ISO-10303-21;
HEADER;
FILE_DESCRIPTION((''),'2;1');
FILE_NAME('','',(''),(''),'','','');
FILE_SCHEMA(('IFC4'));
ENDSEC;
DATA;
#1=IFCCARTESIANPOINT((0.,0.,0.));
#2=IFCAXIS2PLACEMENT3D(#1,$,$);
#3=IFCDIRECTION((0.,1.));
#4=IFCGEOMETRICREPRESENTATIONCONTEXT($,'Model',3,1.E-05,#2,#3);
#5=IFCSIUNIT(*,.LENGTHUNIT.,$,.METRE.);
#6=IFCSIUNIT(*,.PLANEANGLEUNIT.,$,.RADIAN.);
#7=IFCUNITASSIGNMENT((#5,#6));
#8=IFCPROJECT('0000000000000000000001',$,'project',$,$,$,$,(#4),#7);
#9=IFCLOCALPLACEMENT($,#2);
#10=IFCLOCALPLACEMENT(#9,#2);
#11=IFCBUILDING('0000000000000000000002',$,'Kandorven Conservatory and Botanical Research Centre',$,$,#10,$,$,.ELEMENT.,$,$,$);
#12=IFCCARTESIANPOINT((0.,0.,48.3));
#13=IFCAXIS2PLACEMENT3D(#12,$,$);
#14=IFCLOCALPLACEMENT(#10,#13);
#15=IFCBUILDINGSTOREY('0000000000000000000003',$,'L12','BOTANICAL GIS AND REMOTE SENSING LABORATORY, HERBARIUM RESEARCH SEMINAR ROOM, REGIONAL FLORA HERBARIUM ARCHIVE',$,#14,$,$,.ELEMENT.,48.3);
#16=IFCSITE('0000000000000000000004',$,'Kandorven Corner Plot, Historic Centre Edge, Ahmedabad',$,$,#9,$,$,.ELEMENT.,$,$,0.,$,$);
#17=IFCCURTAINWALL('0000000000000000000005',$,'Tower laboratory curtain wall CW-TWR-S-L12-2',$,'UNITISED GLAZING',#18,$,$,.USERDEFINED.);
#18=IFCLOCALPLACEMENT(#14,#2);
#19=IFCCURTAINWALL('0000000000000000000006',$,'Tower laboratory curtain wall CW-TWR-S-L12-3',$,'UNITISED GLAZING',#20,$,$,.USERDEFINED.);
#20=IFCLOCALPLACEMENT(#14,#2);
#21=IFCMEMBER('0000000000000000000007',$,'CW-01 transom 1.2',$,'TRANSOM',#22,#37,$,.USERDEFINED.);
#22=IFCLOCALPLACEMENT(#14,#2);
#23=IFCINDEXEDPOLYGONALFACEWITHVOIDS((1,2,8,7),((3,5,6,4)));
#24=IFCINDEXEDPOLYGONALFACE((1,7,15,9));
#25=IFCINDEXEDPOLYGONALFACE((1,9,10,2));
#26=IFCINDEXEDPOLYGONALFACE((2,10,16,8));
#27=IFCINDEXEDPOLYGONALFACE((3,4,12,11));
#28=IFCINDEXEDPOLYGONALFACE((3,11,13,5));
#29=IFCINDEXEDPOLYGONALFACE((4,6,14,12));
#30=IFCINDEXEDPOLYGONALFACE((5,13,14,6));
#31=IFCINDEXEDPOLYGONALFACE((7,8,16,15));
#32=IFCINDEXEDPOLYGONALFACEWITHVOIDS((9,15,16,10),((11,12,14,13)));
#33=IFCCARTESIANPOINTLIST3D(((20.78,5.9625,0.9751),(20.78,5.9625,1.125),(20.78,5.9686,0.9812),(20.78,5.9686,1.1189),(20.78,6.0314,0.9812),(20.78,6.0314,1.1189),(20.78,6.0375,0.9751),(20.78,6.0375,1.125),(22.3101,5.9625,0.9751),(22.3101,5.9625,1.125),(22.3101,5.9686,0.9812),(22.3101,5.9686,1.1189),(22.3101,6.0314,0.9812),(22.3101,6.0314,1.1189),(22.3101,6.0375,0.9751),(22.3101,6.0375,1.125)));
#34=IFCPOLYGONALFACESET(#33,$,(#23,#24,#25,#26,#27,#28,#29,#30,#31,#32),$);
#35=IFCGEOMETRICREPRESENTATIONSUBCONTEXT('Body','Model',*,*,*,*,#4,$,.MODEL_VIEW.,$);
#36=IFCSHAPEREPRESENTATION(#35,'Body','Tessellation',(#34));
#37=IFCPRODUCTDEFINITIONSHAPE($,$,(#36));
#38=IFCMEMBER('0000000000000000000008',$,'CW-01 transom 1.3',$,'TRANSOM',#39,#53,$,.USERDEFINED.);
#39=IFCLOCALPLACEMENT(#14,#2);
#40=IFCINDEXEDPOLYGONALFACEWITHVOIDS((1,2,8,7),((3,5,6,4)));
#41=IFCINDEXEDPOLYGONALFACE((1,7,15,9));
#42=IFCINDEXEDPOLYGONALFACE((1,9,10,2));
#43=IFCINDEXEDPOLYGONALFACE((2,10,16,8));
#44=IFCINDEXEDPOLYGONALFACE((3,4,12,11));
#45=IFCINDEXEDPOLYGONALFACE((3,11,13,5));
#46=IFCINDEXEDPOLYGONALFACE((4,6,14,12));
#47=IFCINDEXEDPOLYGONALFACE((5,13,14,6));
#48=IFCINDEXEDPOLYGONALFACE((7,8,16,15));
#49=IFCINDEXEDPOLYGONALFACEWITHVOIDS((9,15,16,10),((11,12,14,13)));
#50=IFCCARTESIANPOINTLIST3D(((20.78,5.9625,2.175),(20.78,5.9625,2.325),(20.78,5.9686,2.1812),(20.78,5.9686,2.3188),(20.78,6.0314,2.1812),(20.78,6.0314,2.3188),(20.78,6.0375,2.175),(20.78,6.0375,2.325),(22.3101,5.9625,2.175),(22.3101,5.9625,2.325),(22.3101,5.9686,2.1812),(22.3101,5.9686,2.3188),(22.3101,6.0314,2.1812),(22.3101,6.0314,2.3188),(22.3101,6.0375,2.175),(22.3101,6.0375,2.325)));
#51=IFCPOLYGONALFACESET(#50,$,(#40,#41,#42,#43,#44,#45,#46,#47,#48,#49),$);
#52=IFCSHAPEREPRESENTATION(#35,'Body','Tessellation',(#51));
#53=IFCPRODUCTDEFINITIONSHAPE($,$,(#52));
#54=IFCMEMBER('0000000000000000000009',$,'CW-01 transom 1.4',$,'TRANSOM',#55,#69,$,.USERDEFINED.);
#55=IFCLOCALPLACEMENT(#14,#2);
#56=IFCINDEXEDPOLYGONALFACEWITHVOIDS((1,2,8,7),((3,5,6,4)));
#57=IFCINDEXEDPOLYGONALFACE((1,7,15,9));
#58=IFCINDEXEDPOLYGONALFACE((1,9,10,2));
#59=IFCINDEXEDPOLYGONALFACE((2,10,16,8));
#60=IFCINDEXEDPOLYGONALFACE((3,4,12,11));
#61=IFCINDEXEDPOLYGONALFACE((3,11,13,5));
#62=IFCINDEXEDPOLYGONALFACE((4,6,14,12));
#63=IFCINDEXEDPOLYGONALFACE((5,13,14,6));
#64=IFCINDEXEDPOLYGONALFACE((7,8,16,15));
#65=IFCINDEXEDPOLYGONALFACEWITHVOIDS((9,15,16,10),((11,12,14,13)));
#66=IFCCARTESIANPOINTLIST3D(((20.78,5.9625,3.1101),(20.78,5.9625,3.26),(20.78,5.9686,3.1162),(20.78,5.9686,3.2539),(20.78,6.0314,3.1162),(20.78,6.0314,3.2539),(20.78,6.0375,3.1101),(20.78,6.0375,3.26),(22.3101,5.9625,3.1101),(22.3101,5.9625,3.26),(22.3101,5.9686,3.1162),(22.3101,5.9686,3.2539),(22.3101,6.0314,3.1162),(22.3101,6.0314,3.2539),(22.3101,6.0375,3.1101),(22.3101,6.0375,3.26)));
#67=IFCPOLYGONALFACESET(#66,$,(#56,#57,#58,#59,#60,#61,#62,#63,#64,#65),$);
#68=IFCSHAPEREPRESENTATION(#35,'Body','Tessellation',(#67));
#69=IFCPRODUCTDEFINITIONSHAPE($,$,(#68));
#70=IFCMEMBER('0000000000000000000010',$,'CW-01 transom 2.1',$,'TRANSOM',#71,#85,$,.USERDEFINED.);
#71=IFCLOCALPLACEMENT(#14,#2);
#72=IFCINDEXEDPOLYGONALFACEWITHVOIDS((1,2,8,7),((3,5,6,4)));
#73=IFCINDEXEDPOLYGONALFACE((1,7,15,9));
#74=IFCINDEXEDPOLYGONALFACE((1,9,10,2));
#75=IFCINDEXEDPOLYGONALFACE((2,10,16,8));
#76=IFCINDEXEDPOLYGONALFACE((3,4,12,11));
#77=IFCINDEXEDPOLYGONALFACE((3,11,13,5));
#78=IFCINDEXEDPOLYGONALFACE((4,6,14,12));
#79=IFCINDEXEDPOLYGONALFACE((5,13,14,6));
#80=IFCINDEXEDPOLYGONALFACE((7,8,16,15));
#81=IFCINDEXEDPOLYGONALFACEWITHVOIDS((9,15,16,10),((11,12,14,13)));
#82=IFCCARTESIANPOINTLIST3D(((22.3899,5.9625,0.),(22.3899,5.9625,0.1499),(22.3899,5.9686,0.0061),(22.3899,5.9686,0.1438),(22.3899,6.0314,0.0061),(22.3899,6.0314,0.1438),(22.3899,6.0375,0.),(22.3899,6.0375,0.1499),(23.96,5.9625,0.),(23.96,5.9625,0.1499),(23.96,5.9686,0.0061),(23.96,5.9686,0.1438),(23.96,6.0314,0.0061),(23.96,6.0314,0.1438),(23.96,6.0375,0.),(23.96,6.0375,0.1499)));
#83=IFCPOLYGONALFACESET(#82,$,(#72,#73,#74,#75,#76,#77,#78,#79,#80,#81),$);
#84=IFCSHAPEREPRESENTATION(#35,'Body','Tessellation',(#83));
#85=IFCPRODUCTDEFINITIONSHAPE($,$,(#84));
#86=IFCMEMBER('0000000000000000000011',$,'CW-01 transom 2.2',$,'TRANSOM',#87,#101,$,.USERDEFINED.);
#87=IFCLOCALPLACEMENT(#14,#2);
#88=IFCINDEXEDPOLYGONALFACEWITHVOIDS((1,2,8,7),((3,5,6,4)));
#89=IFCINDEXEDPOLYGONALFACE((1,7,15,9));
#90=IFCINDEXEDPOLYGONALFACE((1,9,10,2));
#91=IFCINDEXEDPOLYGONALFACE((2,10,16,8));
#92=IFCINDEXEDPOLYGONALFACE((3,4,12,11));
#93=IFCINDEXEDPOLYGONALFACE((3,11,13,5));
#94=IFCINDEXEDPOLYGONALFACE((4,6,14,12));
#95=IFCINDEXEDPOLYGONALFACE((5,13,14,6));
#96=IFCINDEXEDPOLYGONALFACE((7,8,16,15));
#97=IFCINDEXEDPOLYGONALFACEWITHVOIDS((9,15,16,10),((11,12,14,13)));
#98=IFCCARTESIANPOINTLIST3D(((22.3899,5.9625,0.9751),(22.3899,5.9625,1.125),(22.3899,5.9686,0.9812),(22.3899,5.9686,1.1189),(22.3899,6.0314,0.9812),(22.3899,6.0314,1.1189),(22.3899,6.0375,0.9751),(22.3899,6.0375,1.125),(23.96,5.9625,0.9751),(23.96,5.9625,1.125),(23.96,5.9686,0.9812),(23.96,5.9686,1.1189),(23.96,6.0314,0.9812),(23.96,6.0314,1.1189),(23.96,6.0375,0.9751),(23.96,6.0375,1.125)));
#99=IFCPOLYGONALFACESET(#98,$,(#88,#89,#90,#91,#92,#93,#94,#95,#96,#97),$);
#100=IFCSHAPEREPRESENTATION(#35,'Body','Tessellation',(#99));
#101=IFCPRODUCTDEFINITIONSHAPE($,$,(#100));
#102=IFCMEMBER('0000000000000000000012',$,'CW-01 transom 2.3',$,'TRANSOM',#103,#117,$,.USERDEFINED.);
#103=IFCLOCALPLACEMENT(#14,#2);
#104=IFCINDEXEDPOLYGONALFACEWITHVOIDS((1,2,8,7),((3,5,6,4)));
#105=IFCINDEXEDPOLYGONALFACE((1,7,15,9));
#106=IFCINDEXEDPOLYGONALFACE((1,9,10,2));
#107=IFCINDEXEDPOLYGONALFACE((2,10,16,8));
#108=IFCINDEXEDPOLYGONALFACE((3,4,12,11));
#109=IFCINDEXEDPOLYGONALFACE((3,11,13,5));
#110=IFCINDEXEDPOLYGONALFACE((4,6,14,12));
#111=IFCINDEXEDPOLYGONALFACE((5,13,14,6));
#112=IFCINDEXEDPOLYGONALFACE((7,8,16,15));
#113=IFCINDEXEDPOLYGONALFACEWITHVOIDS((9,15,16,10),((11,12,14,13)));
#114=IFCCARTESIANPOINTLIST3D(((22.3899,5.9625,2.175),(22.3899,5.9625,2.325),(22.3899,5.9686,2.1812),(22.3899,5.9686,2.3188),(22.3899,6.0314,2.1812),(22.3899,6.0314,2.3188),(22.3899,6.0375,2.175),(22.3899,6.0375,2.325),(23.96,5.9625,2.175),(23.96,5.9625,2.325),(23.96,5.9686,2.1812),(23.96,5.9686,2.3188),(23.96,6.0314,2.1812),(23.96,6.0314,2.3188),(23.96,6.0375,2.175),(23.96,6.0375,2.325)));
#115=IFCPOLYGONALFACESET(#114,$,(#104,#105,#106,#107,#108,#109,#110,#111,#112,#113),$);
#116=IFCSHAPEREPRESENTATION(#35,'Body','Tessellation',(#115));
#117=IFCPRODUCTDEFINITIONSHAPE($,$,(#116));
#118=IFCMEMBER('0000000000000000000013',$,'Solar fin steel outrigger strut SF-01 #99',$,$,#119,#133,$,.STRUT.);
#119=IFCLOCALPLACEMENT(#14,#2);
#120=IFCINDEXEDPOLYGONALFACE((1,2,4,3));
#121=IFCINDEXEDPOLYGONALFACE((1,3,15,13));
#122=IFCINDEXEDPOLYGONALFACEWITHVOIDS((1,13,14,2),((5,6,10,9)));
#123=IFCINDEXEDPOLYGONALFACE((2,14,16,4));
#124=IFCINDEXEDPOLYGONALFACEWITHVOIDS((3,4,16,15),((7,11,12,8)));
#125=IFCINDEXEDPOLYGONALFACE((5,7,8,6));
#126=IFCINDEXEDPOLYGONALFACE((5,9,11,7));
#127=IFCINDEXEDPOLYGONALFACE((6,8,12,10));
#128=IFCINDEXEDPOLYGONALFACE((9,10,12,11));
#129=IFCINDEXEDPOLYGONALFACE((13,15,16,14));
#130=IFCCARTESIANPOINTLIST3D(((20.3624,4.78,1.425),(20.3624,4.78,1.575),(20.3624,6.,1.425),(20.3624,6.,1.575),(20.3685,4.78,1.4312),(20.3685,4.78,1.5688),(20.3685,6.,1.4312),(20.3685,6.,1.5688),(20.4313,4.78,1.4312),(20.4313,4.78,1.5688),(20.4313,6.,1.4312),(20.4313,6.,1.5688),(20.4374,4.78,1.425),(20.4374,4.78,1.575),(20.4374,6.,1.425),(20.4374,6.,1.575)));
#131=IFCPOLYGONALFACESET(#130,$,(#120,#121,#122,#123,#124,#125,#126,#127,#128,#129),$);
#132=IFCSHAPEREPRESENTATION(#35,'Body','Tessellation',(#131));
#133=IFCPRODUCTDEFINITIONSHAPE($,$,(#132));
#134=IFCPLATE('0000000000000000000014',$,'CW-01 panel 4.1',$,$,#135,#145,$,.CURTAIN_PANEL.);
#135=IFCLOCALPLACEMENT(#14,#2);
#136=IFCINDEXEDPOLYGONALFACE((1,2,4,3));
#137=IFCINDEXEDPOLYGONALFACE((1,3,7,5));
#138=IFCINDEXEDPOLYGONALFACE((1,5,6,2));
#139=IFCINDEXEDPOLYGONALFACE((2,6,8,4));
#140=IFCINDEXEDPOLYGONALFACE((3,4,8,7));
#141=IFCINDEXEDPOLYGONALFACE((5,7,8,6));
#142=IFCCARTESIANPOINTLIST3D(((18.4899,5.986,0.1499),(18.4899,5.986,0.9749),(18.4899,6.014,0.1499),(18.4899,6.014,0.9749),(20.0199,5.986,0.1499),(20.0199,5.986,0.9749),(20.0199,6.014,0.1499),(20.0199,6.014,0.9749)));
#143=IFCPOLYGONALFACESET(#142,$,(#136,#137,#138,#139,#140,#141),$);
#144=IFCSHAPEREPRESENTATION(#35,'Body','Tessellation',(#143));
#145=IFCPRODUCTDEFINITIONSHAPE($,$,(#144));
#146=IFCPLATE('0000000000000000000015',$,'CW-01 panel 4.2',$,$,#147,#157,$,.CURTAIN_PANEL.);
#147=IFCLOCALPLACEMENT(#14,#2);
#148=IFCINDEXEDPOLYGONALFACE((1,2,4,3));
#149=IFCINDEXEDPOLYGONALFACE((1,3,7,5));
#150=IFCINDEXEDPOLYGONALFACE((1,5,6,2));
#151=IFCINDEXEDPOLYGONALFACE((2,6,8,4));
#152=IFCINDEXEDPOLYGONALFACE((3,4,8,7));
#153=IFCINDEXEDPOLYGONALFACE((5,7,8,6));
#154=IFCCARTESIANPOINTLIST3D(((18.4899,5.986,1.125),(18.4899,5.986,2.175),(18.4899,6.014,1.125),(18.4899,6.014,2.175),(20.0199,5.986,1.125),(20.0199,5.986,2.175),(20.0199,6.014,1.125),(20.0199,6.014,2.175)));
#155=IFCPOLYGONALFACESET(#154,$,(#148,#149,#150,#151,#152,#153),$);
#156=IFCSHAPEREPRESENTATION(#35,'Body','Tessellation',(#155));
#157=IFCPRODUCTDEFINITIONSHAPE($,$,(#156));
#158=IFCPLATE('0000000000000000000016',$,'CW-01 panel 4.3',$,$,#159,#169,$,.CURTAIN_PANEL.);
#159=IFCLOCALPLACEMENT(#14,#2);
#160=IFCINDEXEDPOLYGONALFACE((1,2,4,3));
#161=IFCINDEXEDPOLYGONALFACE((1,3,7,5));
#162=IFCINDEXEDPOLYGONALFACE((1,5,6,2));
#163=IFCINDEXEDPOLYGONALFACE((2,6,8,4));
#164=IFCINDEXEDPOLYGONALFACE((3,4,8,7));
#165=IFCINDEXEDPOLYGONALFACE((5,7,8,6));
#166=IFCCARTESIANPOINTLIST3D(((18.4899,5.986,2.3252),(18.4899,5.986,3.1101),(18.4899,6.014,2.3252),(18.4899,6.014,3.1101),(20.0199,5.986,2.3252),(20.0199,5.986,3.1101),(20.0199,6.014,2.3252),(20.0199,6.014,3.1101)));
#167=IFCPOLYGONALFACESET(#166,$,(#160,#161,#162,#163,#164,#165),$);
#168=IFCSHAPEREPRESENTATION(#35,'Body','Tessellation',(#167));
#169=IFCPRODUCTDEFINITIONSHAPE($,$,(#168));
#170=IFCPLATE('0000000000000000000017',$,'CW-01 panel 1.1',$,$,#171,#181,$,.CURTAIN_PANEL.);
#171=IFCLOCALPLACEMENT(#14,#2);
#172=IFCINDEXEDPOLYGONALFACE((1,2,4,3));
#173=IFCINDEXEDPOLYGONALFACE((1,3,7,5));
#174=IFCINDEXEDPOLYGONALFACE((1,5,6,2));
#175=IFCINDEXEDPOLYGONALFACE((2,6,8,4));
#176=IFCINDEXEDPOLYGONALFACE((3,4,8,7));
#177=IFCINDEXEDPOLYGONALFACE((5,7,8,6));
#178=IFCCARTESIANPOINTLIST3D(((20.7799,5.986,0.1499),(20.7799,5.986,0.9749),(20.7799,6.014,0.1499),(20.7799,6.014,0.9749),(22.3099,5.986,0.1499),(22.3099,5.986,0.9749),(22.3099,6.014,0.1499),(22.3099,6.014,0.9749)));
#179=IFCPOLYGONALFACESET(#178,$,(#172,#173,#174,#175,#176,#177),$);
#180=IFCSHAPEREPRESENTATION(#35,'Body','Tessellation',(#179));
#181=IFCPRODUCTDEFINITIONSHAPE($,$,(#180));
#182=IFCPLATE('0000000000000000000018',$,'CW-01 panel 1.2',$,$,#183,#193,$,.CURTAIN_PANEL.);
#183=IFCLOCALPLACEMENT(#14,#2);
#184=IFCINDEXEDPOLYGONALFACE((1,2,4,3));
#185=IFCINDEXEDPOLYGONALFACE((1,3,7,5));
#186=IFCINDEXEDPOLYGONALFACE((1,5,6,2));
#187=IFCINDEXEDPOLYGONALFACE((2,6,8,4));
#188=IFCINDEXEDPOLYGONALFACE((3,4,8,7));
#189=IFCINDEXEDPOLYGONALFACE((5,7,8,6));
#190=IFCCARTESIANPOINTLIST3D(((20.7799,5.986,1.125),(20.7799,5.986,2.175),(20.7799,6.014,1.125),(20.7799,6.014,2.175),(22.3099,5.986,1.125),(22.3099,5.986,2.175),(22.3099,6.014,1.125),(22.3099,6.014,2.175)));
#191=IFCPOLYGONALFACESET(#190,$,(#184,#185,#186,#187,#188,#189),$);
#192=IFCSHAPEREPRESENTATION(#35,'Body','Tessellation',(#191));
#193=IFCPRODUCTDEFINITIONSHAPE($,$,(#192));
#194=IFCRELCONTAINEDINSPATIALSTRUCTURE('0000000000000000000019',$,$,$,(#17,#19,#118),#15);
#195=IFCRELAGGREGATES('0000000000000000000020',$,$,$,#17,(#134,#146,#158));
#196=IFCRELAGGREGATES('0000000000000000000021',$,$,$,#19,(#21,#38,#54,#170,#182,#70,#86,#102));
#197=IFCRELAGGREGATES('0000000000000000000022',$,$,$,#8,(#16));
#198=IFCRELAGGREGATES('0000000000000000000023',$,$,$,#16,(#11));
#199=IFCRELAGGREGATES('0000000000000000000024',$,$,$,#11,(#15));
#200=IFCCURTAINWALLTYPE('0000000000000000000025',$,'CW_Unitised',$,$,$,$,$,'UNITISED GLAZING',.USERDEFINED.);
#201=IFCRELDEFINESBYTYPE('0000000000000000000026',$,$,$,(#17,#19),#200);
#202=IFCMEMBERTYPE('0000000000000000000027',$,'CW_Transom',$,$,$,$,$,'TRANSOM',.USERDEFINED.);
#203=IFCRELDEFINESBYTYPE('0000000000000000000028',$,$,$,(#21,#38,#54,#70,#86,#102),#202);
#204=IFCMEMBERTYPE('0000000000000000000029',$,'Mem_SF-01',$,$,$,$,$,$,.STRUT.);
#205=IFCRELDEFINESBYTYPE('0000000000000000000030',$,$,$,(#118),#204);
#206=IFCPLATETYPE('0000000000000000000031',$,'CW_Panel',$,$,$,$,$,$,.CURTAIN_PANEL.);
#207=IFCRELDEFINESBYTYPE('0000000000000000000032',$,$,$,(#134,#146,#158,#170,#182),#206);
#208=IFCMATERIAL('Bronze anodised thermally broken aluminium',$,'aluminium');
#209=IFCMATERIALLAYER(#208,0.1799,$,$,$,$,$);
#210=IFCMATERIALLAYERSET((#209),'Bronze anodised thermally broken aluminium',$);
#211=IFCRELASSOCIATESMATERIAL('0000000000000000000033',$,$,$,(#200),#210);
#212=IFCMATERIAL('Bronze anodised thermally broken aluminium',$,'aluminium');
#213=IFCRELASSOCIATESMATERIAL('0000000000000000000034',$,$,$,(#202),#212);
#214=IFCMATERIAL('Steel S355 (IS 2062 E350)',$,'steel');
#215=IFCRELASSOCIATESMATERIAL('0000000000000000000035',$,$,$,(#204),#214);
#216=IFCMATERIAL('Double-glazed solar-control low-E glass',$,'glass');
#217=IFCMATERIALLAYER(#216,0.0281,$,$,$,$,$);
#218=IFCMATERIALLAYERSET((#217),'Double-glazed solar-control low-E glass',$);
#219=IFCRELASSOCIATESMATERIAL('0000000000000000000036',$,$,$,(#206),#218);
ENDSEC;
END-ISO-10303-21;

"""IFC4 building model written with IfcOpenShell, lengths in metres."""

from ifc_helpers import new_model, si_unit, direction, frame, origin, origin_2d, place, context, subcontext, project, spatial, rectangle, hollow_rectangle, extrude, material, layer, layer_set, material_profile, profile_set, type_object, element, aggregate, save


model = new_model("IFC4")

# Units and contexts
model_context = context("Model", 3, precision=1e-05, world=origin(), true_north=direction((0.0, 1.0)))
body_context = subcontext(model_context, "Body", "Model", "MODEL_VIEW")
ifc_project = project(units=[si_unit("LENGTHUNIT", "METRE"), si_unit("PLANEANGLEUNIT", "RADIAN")], contexts=[model_context])

# Site, building, storey
site_placement = place(None, origin())
site = spatial("IfcSite", under=ifc_project, at=site_placement, Name="Kandorven Corner Plot, Historic Centre Edge, Ahmedabad", CompositionType="ELEMENT", RefElevation=0.0)
building_placement = place(site_placement, origin())
building = spatial("IfcBuilding", under=site, at=building_placement, Name="Kandorven Conservatory and Botanical Research Centre", CompositionType="ELEMENT")
storey_placement = place(building_placement, frame((0.0, 0.0, 48.3)))
storey = spatial("IfcBuildingStorey", under=building, at=storey_placement, Name="L12", Description="BOTANICAL GIS AND REMOTE SENSING LABORATORY, HERBARIUM RESEARCH SEMINAR ROOM, REGIONAL FLORA HERBARIUM ARCHIVE", CompositionType="ELEMENT", Elevation=48.3)

# Curtain wall
ifc_material_1 = material(Name="Bronze anodised thermally broken aluminium", Category="aluminium")
ifc_layer_1 = layer(ifc_material_1, 0.1799)
ifc_layer_set_1 = layer_set([ifc_layer_1], Name="Bronze anodised thermally broken aluminium")
curtain_wall_type = type_object("IfcCurtainWallType", Name="CW_Unitised", ElementType="UNITISED GLAZING", PredefinedType="USERDEFINED", material=ifc_layer_set_1)
curtain_wall_1_placement = place(storey_placement, origin())
curtain_wall_1 = element("IfcCurtainWall", 1, at=curtain_wall_1_placement, inside=storey, type_object=curtain_wall_type, Name="Tower laboratory curtain wall CW-TWR-S-L12-2", ObjectType="UNITISED GLAZING", PredefinedType="USERDEFINED")

# Curtain wall
curtain_wall_2_placement = place(storey_placement, origin())
curtain_wall_2 = element("IfcCurtainWall", 2, at=curtain_wall_2_placement, inside=storey, type_object=curtain_wall_type, Name="Tower laboratory curtain wall CW-TWR-S-L12-3", ObjectType="UNITISED GLAZING", PredefinedType="USERDEFINED")

# Members
ifc_material_2 = material(Name="Bronze anodised thermally broken aluminium", Category="aluminium")
ifc_material_profile_1 = material_profile(ifc_material_2, hollow_rectangle(XDim=0.075, YDim=0.1499, WallThickness=0.0061, at=origin_2d()))
ifc_profile_set_1 = profile_set([ifc_material_profile_1], Name="Bronze anodised thermally broken aluminium")
member_type_1 = type_object("IfcMemberType", Name="CW_Transom", ElementType="TRANSOM", PredefinedType="USERDEFINED", material=ifc_profile_set_1)
member_1_placement = place(storey_placement, frame((20.78, 6.0, 1.05), z_axis=(1.0, 0.0, 0.0), x_axis=(0.0, 1.0, 0.0)))
member_1 = element("IfcMember", 3, at=member_1_placement, type_object=member_type_1, Name="CW-01 transom 1.2", ObjectType="TRANSOM", PredefinedType="USERDEFINED", context=body_context, shape_type="SweptSolid", body=[
    extrude(hollow_rectangle(XDim=0.075, YDim=0.1499, WallThickness=0.0061, at=origin_2d()), origin(), (0.0, 0.0, 1.0), 1.53),
])
member_2_placement = place(storey_placement, frame((20.78, 6.0, 2.25), z_axis=(1.0, 0.0, 0.0), x_axis=(0.0, 1.0, 0.0)))
member_2 = element("IfcMember", 4, at=member_2_placement, type_object=member_type_1, Name="CW-01 transom 1.3", ObjectType="TRANSOM", PredefinedType="USERDEFINED", context=body_context, shape_type="SweptSolid", body=[
    extrude(hollow_rectangle(XDim=0.075, YDim=0.1499, WallThickness=0.0061, at=origin_2d()), origin(), (0.0, 0.0, 1.0), 1.53),
])
member_3_placement = place(storey_placement, frame((20.78, 6.0, 3.1851), z_axis=(1.0, 0.0, 0.0), x_axis=(0.0, 1.0, 0.0)))
member_3 = element("IfcMember", 5, at=member_3_placement, type_object=member_type_1, Name="CW-01 transom 1.4", ObjectType="TRANSOM", PredefinedType="USERDEFINED", context=body_context, shape_type="SweptSolid", body=[
    extrude(hollow_rectangle(XDim=0.075, YDim=0.1499, WallThickness=0.0061, at=origin_2d()), origin(), (0.0, 0.0, 1.0), 1.53),
])
member_4_placement = place(storey_placement, frame((22.3899, 6.0, 0.075), z_axis=(1.0, 0.0, 0.0), x_axis=(0.0, 1.0, 0.0)))
member_4 = element("IfcMember", 6, at=member_4_placement, type_object=member_type_1, Name="CW-01 transom 2.1", ObjectType="TRANSOM", PredefinedType="USERDEFINED", context=body_context, shape_type="SweptSolid", body=[
    extrude(hollow_rectangle(XDim=0.075, YDim=0.1499, WallThickness=0.0061, at=origin_2d()), origin(), (0.0, 0.0, 1.0), 1.5701),
])
member_5_placement = place(storey_placement, frame((22.3899, 6.0, 1.05), z_axis=(1.0, 0.0, 0.0), x_axis=(0.0, 1.0, 0.0)))
member_5 = element("IfcMember", 7, at=member_5_placement, type_object=member_type_1, Name="CW-01 transom 2.2", ObjectType="TRANSOM", PredefinedType="USERDEFINED", context=body_context, shape_type="SweptSolid", body=[
    extrude(hollow_rectangle(XDim=0.075, YDim=0.1499, WallThickness=0.0061, at=origin_2d()), origin(), (0.0, 0.0, 1.0), 1.5701),
])
member_6_placement = place(storey_placement, frame((22.3899, 6.0, 2.25), z_axis=(1.0, 0.0, 0.0), x_axis=(0.0, 1.0, 0.0)))
member_6 = element("IfcMember", 8, at=member_6_placement, type_object=member_type_1, Name="CW-01 transom 2.3", ObjectType="TRANSOM", PredefinedType="USERDEFINED", context=body_context, shape_type="SweptSolid", body=[
    extrude(hollow_rectangle(XDim=0.075, YDim=0.1499, WallThickness=0.0061, at=origin_2d()), origin(), (0.0, 0.0, 1.0), 1.5701),
])
ifc_material_3 = material(Name="Steel S355 (IS 2062 E350)", Category="steel")
ifc_material_profile_2 = material_profile(ifc_material_3, hollow_rectangle(XDim=0.075, YDim=0.1499, WallThickness=0.0061, at=origin_2d()))
ifc_profile_set_2 = profile_set([ifc_material_profile_2], Name="Steel S355 (IS 2062 E350)")
member_type_2 = type_object("IfcMemberType", Name="Mem_SF-01", PredefinedType="STRUT", material=ifc_profile_set_2)
member_7_placement = place(storey_placement, frame((20.3999, 6.0, 1.5), z_axis=(0.0, -1.0, 0.0), x_axis=(1.0, 0.0, 0.0)))
element("IfcMember", 9, at=member_7_placement, inside=storey, type_object=member_type_2, Name="Solar fin steel outrigger strut SF-01 #99", PredefinedType="STRUT", context=body_context, shape_type="SweptSolid", body=[
    extrude(hollow_rectangle(XDim=0.075, YDim=0.1499, WallThickness=0.0061, at=origin_2d()), origin(), (0.0, 0.0, 1.0), 1.22),
])

# Plates
ifc_material_4 = material(Name="Double-glazed solar-control low-E glass", Category="glass")
ifc_layer_2 = layer(ifc_material_4, 0.0281)
ifc_layer_set_2 = layer_set([ifc_layer_2], Name="Double-glazed solar-control low-E glass")
plate_type_1 = type_object("IfcPlateType", Name="CW_Panel", PredefinedType="CURTAIN_PANEL", material=ifc_layer_set_2)
plate_1_placement = place(storey_placement, frame((19.2549, 6.0, 0.1499), z_axis=(0.0, 0.0, 1.0), x_axis=(1.0, 0.0, 0.0)))
plate_1 = element("IfcPlate", 10, at=plate_1_placement, type_object=plate_type_1, Name="CW-01 panel 4.1", PredefinedType="CURTAIN_PANEL", context=body_context, shape_type="SweptSolid", body=[
    extrude(rectangle(XDim=1.53, YDim=0.0281, at=origin_2d()), origin(), (0.0, 0.0, 1.0), 0.825),
])
plate_2_placement = place(storey_placement, frame((19.2549, 6.0, 1.125), z_axis=(0.0, 0.0, 1.0), x_axis=(1.0, 0.0, 0.0)))
plate_2 = element("IfcPlate", 11, at=plate_2_placement, type_object=plate_type_1, Name="CW-01 panel 4.2", PredefinedType="CURTAIN_PANEL", context=body_context, shape_type="SweptSolid", body=[
    extrude(rectangle(XDim=1.53, YDim=0.0281, at=origin_2d()), origin(), (0.0, 0.0, 1.0), 1.05),
])
plate_3_placement = place(storey_placement, frame((19.2549, 6.0, 2.3252), z_axis=(0.0, 0.0, 1.0), x_axis=(1.0, 0.0, 0.0)))
plate_3 = element("IfcPlate", 12, at=plate_3_placement, type_object=plate_type_1, Name="CW-01 panel 4.3", PredefinedType="CURTAIN_PANEL", context=body_context, shape_type="SweptSolid", body=[
    extrude(rectangle(XDim=1.53, YDim=0.0281, at=origin_2d()), origin(), (0.0, 0.0, 1.0), 0.7849),
])
aggregate(curtain_wall_1, [plate_1, plate_2, plate_3])
plate_4_placement = place(storey_placement, frame((21.5449, 6.0, 0.1499), z_axis=(0.0, 0.0, 1.0), x_axis=(1.0, 0.0, 0.0)))
plate_4 = element("IfcPlate", 13, at=plate_4_placement, type_object=plate_type_1, Name="CW-01 panel 1.1", PredefinedType="CURTAIN_PANEL", context=body_context, shape_type="SweptSolid", body=[
    extrude(rectangle(XDim=1.53, YDim=0.0281, at=origin_2d()), origin(), (0.0, 0.0, 1.0), 0.825),
])
plate_5_placement = place(storey_placement, frame((21.5449, 6.0, 1.125), z_axis=(0.0, 0.0, 1.0), x_axis=(1.0, 0.0, 0.0)))
plate_5 = element("IfcPlate", 14, at=plate_5_placement, type_object=plate_type_1, Name="CW-01 panel 1.2", PredefinedType="CURTAIN_PANEL", context=body_context, shape_type="SweptSolid", body=[
    extrude(rectangle(XDim=1.53, YDim=0.0281, at=origin_2d()), origin(), (0.0, 0.0, 1.0), 1.05),
])
aggregate(curtain_wall_2, [member_1, member_2, member_3, plate_4, plate_5, member_4, member_5, member_6])

save(model, "model.ifc")
